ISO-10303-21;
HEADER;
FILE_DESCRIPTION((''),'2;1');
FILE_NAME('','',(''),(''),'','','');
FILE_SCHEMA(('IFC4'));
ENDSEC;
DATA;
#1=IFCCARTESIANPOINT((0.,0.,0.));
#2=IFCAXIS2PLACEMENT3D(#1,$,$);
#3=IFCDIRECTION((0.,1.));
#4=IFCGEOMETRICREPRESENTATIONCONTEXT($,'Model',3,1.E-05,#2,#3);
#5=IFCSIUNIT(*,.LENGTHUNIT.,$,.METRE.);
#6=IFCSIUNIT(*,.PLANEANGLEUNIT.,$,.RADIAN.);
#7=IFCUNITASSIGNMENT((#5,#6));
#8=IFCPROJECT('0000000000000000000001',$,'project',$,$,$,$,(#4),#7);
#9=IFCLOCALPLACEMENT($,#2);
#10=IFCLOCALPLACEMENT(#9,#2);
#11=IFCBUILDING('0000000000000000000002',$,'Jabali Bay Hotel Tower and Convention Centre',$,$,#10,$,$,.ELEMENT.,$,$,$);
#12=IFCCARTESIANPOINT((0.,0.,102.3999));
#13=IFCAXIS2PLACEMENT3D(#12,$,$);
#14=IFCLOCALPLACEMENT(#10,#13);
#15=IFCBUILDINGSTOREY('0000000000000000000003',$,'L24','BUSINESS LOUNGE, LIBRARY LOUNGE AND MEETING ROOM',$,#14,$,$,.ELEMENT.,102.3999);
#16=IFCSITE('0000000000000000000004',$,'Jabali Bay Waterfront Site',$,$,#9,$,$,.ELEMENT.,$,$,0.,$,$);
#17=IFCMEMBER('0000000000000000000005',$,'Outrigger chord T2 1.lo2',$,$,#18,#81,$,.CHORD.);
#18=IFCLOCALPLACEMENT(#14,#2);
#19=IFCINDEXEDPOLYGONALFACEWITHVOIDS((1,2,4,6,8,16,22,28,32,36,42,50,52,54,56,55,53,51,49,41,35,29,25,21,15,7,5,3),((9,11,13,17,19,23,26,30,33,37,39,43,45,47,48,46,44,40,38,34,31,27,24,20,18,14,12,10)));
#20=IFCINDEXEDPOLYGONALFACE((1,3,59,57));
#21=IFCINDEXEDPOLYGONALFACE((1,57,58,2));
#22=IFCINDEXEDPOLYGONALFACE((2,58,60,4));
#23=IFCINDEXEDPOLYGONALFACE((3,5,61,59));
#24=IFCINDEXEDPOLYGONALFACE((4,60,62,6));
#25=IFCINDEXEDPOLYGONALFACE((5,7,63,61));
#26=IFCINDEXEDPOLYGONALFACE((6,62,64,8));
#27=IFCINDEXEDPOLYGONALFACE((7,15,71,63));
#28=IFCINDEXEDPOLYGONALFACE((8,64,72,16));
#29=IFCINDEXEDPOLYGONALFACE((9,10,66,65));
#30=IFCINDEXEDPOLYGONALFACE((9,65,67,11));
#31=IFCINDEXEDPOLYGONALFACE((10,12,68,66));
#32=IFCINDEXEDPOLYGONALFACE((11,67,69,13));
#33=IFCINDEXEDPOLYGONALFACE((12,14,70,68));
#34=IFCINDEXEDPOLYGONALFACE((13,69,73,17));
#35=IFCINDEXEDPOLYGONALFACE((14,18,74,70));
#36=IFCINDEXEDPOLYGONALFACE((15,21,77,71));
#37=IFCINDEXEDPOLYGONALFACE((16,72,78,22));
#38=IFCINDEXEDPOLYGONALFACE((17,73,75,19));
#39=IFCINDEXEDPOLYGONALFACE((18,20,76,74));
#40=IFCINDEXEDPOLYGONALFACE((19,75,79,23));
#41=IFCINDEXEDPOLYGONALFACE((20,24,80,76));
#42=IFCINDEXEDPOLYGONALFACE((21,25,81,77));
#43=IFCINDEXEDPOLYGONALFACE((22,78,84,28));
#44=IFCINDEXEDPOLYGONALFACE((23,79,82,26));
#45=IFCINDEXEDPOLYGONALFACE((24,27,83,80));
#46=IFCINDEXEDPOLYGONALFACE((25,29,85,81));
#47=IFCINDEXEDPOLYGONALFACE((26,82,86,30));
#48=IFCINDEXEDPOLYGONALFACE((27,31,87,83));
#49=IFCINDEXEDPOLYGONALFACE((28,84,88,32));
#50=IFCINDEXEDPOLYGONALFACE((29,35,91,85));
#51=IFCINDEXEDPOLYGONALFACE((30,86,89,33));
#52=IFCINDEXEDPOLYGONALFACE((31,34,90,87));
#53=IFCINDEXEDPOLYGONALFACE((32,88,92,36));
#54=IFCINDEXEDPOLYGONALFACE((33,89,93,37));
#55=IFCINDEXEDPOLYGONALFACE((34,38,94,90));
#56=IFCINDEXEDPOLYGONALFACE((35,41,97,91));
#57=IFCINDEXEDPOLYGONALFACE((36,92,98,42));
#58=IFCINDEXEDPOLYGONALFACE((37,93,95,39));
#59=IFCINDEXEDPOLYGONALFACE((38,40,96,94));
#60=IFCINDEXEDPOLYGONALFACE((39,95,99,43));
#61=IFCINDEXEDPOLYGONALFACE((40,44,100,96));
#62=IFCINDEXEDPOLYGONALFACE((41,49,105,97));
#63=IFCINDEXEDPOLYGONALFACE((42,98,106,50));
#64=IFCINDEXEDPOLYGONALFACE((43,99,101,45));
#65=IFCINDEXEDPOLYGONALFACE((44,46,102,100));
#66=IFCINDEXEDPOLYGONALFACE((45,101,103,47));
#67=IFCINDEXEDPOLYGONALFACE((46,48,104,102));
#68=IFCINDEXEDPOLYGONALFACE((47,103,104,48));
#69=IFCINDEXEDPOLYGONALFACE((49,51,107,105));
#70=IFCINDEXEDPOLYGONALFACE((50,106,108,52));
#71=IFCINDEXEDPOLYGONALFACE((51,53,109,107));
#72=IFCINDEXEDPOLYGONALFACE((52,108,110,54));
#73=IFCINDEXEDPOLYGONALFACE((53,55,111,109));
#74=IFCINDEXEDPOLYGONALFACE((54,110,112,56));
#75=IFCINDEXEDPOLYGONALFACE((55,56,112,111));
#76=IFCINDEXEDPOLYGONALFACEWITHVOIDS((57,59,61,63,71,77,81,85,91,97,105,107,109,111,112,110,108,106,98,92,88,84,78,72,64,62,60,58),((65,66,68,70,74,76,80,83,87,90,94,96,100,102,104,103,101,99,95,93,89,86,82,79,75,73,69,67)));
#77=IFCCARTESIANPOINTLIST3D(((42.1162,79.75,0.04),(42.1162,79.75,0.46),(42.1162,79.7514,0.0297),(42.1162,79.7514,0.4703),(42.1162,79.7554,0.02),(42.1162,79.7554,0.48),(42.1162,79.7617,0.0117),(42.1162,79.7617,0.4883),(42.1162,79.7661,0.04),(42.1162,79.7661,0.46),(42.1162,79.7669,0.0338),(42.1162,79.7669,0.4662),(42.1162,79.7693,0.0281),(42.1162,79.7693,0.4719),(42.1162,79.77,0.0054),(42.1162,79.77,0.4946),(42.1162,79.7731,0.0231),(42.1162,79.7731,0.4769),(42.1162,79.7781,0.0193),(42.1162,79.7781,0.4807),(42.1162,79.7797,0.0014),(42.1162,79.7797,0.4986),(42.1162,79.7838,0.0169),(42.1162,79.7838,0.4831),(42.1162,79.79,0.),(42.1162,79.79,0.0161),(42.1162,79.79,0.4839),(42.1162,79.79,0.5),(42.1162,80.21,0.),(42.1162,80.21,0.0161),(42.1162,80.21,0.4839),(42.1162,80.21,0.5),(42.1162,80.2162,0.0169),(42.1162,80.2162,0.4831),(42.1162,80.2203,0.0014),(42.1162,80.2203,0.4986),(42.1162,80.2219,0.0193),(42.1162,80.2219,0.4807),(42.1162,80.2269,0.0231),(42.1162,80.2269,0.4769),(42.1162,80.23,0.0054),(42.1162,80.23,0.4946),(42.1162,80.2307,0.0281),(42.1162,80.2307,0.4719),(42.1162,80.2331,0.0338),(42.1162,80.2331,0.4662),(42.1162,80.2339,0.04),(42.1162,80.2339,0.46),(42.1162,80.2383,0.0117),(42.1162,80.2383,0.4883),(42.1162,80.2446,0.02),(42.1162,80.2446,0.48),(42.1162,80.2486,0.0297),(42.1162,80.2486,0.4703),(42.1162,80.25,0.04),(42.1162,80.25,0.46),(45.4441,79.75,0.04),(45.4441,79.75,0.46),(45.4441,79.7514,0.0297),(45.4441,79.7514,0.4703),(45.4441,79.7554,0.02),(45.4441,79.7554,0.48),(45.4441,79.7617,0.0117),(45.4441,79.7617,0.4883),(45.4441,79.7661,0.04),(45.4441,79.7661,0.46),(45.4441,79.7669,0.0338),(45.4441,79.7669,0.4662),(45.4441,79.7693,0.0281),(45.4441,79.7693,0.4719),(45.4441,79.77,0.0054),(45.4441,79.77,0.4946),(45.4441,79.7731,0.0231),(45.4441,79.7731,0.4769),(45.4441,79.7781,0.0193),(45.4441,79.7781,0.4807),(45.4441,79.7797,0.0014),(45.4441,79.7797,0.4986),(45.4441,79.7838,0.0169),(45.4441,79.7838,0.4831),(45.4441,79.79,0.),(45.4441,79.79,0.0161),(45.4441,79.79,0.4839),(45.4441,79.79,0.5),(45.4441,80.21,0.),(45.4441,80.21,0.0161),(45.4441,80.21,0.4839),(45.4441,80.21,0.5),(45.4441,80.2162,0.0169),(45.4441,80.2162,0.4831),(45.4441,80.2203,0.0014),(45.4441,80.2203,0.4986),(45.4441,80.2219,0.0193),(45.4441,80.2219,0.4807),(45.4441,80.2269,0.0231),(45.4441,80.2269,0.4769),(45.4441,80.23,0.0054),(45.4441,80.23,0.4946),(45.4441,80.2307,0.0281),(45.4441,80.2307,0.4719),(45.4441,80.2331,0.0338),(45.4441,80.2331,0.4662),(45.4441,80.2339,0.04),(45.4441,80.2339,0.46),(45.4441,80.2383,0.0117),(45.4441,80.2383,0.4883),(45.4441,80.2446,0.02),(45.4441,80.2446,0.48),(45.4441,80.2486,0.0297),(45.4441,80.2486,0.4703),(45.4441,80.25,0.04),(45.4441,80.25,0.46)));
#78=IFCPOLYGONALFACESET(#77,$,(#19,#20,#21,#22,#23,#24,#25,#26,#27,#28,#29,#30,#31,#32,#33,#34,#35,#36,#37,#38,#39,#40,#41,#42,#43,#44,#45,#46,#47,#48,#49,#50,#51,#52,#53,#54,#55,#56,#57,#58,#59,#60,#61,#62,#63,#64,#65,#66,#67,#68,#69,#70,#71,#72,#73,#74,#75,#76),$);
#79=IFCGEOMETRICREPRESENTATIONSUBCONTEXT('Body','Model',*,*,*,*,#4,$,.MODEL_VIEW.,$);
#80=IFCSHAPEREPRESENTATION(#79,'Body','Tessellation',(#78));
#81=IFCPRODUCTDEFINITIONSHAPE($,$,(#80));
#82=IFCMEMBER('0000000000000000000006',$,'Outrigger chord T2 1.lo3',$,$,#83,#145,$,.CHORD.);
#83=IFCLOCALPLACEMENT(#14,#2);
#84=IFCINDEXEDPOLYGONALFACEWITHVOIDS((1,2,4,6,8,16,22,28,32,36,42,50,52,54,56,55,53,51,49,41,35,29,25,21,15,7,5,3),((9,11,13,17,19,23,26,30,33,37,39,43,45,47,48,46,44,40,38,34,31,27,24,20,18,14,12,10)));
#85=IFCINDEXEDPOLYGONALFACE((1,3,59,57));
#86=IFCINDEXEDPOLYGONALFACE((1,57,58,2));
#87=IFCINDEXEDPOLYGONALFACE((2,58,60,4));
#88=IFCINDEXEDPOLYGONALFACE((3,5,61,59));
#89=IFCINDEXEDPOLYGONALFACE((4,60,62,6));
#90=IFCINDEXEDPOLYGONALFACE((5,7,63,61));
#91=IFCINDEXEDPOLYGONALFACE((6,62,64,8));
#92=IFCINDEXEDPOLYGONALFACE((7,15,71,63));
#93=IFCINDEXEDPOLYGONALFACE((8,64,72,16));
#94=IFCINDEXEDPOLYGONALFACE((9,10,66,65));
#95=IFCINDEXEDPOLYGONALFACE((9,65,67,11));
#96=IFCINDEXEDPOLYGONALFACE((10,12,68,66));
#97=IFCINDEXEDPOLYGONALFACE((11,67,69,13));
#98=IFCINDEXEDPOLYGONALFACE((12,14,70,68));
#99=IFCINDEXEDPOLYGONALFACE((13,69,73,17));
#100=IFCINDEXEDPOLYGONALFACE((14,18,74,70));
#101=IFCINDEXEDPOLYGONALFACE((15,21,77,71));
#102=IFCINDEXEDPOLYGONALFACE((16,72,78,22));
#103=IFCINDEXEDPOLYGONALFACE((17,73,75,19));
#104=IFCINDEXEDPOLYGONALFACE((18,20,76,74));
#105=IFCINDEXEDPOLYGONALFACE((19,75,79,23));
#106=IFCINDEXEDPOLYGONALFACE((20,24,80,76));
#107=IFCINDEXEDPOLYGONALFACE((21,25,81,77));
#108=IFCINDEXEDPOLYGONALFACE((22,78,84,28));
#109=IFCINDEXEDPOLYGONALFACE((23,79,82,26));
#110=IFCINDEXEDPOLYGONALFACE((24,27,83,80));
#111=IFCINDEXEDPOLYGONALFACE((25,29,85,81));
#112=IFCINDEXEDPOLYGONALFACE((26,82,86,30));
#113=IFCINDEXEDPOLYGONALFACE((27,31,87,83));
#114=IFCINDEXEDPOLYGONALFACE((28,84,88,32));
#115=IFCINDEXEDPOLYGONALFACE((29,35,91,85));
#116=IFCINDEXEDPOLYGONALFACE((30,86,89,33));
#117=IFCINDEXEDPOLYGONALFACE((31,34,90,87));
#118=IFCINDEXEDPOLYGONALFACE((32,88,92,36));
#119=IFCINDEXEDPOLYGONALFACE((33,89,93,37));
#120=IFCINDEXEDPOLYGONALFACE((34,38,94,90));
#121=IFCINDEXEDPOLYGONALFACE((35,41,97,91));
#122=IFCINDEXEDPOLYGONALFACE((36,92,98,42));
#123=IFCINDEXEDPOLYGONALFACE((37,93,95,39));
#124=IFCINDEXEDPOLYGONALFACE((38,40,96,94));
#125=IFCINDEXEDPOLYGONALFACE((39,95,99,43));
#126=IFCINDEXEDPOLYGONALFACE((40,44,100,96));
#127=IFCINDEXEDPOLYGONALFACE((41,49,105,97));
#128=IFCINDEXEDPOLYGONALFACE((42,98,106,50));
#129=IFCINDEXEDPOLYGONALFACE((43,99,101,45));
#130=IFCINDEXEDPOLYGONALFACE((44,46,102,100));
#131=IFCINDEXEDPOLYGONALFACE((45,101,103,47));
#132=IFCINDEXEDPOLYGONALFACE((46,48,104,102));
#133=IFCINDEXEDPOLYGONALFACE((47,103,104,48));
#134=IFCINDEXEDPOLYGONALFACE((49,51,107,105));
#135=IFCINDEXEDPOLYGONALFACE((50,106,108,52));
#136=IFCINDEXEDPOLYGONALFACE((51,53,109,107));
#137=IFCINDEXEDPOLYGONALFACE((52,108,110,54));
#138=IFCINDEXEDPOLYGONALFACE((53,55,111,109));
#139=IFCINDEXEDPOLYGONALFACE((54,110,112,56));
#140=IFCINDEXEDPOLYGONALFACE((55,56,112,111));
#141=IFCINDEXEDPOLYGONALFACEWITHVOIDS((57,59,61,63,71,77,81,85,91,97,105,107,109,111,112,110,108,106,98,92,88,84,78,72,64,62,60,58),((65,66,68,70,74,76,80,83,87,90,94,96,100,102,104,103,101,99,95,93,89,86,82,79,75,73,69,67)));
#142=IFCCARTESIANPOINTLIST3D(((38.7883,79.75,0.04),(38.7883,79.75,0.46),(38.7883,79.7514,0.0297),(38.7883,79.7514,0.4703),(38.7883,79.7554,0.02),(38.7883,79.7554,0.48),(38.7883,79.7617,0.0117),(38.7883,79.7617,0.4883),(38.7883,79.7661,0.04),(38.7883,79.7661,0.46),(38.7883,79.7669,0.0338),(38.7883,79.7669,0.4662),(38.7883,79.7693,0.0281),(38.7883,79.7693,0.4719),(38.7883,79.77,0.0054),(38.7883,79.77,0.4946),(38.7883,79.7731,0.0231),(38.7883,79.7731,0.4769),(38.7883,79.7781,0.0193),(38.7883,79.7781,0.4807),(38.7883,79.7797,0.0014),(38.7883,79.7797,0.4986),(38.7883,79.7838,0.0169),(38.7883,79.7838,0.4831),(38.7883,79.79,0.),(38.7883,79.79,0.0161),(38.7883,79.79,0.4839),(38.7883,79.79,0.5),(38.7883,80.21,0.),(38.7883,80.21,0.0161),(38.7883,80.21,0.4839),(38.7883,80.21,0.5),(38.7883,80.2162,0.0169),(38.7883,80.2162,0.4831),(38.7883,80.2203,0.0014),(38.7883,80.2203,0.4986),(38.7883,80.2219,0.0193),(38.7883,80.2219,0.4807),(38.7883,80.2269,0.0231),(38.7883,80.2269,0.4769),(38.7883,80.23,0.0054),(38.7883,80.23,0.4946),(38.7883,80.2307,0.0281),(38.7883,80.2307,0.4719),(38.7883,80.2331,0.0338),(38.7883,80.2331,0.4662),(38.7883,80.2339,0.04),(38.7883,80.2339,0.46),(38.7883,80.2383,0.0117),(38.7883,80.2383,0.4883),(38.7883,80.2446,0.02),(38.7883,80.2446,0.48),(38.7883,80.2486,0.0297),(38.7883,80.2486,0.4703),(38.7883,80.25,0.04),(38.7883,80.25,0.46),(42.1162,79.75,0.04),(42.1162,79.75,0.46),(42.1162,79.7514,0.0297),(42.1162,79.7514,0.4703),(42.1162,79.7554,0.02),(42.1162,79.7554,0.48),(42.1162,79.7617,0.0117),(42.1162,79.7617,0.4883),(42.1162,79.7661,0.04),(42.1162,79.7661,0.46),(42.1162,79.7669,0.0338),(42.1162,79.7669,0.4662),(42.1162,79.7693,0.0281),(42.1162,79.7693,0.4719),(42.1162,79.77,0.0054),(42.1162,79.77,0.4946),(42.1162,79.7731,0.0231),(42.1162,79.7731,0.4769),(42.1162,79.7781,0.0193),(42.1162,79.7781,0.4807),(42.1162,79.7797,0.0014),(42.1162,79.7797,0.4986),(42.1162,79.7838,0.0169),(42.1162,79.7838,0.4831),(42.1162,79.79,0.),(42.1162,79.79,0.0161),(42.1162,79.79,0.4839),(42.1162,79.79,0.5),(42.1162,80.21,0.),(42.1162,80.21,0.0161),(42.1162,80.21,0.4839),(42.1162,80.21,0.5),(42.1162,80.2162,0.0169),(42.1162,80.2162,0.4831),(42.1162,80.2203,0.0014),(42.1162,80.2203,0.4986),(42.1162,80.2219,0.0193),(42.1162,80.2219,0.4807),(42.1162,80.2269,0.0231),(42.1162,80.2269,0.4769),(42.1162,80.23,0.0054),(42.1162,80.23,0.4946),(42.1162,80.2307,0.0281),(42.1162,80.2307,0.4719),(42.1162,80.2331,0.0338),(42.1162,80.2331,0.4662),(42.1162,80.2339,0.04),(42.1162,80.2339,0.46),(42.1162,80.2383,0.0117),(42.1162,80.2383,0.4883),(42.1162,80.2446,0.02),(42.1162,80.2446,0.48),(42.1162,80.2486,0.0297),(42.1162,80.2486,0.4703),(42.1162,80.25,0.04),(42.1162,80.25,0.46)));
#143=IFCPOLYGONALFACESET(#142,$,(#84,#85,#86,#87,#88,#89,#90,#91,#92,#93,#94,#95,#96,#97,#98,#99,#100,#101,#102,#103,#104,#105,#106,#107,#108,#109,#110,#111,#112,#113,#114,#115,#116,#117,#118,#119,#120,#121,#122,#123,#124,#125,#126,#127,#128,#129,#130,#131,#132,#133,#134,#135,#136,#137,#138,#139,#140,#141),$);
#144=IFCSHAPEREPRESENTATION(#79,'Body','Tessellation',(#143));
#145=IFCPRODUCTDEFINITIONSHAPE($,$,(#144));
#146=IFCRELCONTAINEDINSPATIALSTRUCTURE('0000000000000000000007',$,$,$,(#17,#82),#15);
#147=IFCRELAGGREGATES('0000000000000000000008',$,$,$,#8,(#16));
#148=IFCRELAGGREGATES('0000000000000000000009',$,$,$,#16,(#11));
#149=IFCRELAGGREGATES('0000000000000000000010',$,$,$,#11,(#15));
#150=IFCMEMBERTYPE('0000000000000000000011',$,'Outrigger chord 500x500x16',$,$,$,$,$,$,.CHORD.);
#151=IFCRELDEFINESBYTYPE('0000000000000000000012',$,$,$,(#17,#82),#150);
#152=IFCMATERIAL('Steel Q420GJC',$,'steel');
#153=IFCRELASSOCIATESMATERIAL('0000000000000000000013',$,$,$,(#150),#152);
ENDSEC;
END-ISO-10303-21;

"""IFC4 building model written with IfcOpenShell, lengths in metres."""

from ifc_helpers import new_model, si_unit, direction, frame, origin, origin_2d, place, context, subcontext, project, spatial, hollow_rectangle, extrude, material, material_profile, profile_set, type_object, element, save


model = new_model("IFC4")

# Units and contexts
model_context = context("Model", 3, precision=1e-05, world=origin(), true_north=direction((0.0, 1.0)))
body_context = subcontext(model_context, "Body", "Model", "MODEL_VIEW")
ifc_project = project(units=[si_unit("LENGTHUNIT", "METRE"), si_unit("PLANEANGLEUNIT", "RADIAN")], contexts=[model_context])

# Site, building, storey
site_placement = place(None, origin())
site = spatial("IfcSite", under=ifc_project, at=site_placement, Name="Jabali Bay Waterfront Site", CompositionType="ELEMENT", RefElevation=0.0)
building_placement = place(site_placement, origin())
building = spatial("IfcBuilding", under=site, at=building_placement, Name="Jabali Bay Hotel Tower and Convention Centre", CompositionType="ELEMENT")
storey_placement = place(building_placement, frame((0.0, 0.0, 102.3999)))
storey = spatial("IfcBuildingStorey", under=building, at=storey_placement, Name="L24", Description="BUSINESS LOUNGE, LIBRARY LOUNGE AND MEETING ROOM", CompositionType="ELEMENT", Elevation=102.3999)

# Shared definitions
ifc_material_1 = material(Name="Steel Q420GJC", Category="steel")

# Members
ifc_material_profile_1 = material_profile(ifc_material_1, hollow_rectangle(XDim=0.5, YDim=0.5, WallThickness=0.0161, InnerFilletRadius=0.0239, OuterFilletRadius=0.04, at=origin_2d()), Name="Outrigger chord 500x500x16")
ifc_profile_set_1 = profile_set([ifc_material_profile_1], Name="Steel Q420GJC")
member_type_1 = type_object("IfcMemberType", Name="Outrigger chord 500x500x16", PredefinedType="CHORD", material=ifc_profile_set_1)
for number, where, z_axis, x_axis, name in (
    (1, (45.4441, 80.0, 0.25), (-1.0, 0.0, 0.0), (0.0, -1.0, 0.0), "Outrigger chord T2 1.lo2"),
    (2, (42.1162, 80.0, 0.25), (-1.0, 0.0, 0.0), (0.0, -1.0, 0.0), "Outrigger chord T2 1.lo3"),
):
    element("IfcMember", number, at=place(storey_placement, frame(where, z_axis=z_axis, x_axis=x_axis)), inside=storey, type_object=member_type_1, Name=name, PredefinedType="CHORD", context=body_context, shape_type="SweptSolid", body=[
        extrude(hollow_rectangle(XDim=0.5, YDim=0.5, WallThickness=0.0161, InnerFilletRadius=0.0239, OuterFilletRadius=0.04, at=origin_2d()), origin(), (0.0, 0.0, 1.0), 3.3279),
    ])

save(model, "model.ifc")
